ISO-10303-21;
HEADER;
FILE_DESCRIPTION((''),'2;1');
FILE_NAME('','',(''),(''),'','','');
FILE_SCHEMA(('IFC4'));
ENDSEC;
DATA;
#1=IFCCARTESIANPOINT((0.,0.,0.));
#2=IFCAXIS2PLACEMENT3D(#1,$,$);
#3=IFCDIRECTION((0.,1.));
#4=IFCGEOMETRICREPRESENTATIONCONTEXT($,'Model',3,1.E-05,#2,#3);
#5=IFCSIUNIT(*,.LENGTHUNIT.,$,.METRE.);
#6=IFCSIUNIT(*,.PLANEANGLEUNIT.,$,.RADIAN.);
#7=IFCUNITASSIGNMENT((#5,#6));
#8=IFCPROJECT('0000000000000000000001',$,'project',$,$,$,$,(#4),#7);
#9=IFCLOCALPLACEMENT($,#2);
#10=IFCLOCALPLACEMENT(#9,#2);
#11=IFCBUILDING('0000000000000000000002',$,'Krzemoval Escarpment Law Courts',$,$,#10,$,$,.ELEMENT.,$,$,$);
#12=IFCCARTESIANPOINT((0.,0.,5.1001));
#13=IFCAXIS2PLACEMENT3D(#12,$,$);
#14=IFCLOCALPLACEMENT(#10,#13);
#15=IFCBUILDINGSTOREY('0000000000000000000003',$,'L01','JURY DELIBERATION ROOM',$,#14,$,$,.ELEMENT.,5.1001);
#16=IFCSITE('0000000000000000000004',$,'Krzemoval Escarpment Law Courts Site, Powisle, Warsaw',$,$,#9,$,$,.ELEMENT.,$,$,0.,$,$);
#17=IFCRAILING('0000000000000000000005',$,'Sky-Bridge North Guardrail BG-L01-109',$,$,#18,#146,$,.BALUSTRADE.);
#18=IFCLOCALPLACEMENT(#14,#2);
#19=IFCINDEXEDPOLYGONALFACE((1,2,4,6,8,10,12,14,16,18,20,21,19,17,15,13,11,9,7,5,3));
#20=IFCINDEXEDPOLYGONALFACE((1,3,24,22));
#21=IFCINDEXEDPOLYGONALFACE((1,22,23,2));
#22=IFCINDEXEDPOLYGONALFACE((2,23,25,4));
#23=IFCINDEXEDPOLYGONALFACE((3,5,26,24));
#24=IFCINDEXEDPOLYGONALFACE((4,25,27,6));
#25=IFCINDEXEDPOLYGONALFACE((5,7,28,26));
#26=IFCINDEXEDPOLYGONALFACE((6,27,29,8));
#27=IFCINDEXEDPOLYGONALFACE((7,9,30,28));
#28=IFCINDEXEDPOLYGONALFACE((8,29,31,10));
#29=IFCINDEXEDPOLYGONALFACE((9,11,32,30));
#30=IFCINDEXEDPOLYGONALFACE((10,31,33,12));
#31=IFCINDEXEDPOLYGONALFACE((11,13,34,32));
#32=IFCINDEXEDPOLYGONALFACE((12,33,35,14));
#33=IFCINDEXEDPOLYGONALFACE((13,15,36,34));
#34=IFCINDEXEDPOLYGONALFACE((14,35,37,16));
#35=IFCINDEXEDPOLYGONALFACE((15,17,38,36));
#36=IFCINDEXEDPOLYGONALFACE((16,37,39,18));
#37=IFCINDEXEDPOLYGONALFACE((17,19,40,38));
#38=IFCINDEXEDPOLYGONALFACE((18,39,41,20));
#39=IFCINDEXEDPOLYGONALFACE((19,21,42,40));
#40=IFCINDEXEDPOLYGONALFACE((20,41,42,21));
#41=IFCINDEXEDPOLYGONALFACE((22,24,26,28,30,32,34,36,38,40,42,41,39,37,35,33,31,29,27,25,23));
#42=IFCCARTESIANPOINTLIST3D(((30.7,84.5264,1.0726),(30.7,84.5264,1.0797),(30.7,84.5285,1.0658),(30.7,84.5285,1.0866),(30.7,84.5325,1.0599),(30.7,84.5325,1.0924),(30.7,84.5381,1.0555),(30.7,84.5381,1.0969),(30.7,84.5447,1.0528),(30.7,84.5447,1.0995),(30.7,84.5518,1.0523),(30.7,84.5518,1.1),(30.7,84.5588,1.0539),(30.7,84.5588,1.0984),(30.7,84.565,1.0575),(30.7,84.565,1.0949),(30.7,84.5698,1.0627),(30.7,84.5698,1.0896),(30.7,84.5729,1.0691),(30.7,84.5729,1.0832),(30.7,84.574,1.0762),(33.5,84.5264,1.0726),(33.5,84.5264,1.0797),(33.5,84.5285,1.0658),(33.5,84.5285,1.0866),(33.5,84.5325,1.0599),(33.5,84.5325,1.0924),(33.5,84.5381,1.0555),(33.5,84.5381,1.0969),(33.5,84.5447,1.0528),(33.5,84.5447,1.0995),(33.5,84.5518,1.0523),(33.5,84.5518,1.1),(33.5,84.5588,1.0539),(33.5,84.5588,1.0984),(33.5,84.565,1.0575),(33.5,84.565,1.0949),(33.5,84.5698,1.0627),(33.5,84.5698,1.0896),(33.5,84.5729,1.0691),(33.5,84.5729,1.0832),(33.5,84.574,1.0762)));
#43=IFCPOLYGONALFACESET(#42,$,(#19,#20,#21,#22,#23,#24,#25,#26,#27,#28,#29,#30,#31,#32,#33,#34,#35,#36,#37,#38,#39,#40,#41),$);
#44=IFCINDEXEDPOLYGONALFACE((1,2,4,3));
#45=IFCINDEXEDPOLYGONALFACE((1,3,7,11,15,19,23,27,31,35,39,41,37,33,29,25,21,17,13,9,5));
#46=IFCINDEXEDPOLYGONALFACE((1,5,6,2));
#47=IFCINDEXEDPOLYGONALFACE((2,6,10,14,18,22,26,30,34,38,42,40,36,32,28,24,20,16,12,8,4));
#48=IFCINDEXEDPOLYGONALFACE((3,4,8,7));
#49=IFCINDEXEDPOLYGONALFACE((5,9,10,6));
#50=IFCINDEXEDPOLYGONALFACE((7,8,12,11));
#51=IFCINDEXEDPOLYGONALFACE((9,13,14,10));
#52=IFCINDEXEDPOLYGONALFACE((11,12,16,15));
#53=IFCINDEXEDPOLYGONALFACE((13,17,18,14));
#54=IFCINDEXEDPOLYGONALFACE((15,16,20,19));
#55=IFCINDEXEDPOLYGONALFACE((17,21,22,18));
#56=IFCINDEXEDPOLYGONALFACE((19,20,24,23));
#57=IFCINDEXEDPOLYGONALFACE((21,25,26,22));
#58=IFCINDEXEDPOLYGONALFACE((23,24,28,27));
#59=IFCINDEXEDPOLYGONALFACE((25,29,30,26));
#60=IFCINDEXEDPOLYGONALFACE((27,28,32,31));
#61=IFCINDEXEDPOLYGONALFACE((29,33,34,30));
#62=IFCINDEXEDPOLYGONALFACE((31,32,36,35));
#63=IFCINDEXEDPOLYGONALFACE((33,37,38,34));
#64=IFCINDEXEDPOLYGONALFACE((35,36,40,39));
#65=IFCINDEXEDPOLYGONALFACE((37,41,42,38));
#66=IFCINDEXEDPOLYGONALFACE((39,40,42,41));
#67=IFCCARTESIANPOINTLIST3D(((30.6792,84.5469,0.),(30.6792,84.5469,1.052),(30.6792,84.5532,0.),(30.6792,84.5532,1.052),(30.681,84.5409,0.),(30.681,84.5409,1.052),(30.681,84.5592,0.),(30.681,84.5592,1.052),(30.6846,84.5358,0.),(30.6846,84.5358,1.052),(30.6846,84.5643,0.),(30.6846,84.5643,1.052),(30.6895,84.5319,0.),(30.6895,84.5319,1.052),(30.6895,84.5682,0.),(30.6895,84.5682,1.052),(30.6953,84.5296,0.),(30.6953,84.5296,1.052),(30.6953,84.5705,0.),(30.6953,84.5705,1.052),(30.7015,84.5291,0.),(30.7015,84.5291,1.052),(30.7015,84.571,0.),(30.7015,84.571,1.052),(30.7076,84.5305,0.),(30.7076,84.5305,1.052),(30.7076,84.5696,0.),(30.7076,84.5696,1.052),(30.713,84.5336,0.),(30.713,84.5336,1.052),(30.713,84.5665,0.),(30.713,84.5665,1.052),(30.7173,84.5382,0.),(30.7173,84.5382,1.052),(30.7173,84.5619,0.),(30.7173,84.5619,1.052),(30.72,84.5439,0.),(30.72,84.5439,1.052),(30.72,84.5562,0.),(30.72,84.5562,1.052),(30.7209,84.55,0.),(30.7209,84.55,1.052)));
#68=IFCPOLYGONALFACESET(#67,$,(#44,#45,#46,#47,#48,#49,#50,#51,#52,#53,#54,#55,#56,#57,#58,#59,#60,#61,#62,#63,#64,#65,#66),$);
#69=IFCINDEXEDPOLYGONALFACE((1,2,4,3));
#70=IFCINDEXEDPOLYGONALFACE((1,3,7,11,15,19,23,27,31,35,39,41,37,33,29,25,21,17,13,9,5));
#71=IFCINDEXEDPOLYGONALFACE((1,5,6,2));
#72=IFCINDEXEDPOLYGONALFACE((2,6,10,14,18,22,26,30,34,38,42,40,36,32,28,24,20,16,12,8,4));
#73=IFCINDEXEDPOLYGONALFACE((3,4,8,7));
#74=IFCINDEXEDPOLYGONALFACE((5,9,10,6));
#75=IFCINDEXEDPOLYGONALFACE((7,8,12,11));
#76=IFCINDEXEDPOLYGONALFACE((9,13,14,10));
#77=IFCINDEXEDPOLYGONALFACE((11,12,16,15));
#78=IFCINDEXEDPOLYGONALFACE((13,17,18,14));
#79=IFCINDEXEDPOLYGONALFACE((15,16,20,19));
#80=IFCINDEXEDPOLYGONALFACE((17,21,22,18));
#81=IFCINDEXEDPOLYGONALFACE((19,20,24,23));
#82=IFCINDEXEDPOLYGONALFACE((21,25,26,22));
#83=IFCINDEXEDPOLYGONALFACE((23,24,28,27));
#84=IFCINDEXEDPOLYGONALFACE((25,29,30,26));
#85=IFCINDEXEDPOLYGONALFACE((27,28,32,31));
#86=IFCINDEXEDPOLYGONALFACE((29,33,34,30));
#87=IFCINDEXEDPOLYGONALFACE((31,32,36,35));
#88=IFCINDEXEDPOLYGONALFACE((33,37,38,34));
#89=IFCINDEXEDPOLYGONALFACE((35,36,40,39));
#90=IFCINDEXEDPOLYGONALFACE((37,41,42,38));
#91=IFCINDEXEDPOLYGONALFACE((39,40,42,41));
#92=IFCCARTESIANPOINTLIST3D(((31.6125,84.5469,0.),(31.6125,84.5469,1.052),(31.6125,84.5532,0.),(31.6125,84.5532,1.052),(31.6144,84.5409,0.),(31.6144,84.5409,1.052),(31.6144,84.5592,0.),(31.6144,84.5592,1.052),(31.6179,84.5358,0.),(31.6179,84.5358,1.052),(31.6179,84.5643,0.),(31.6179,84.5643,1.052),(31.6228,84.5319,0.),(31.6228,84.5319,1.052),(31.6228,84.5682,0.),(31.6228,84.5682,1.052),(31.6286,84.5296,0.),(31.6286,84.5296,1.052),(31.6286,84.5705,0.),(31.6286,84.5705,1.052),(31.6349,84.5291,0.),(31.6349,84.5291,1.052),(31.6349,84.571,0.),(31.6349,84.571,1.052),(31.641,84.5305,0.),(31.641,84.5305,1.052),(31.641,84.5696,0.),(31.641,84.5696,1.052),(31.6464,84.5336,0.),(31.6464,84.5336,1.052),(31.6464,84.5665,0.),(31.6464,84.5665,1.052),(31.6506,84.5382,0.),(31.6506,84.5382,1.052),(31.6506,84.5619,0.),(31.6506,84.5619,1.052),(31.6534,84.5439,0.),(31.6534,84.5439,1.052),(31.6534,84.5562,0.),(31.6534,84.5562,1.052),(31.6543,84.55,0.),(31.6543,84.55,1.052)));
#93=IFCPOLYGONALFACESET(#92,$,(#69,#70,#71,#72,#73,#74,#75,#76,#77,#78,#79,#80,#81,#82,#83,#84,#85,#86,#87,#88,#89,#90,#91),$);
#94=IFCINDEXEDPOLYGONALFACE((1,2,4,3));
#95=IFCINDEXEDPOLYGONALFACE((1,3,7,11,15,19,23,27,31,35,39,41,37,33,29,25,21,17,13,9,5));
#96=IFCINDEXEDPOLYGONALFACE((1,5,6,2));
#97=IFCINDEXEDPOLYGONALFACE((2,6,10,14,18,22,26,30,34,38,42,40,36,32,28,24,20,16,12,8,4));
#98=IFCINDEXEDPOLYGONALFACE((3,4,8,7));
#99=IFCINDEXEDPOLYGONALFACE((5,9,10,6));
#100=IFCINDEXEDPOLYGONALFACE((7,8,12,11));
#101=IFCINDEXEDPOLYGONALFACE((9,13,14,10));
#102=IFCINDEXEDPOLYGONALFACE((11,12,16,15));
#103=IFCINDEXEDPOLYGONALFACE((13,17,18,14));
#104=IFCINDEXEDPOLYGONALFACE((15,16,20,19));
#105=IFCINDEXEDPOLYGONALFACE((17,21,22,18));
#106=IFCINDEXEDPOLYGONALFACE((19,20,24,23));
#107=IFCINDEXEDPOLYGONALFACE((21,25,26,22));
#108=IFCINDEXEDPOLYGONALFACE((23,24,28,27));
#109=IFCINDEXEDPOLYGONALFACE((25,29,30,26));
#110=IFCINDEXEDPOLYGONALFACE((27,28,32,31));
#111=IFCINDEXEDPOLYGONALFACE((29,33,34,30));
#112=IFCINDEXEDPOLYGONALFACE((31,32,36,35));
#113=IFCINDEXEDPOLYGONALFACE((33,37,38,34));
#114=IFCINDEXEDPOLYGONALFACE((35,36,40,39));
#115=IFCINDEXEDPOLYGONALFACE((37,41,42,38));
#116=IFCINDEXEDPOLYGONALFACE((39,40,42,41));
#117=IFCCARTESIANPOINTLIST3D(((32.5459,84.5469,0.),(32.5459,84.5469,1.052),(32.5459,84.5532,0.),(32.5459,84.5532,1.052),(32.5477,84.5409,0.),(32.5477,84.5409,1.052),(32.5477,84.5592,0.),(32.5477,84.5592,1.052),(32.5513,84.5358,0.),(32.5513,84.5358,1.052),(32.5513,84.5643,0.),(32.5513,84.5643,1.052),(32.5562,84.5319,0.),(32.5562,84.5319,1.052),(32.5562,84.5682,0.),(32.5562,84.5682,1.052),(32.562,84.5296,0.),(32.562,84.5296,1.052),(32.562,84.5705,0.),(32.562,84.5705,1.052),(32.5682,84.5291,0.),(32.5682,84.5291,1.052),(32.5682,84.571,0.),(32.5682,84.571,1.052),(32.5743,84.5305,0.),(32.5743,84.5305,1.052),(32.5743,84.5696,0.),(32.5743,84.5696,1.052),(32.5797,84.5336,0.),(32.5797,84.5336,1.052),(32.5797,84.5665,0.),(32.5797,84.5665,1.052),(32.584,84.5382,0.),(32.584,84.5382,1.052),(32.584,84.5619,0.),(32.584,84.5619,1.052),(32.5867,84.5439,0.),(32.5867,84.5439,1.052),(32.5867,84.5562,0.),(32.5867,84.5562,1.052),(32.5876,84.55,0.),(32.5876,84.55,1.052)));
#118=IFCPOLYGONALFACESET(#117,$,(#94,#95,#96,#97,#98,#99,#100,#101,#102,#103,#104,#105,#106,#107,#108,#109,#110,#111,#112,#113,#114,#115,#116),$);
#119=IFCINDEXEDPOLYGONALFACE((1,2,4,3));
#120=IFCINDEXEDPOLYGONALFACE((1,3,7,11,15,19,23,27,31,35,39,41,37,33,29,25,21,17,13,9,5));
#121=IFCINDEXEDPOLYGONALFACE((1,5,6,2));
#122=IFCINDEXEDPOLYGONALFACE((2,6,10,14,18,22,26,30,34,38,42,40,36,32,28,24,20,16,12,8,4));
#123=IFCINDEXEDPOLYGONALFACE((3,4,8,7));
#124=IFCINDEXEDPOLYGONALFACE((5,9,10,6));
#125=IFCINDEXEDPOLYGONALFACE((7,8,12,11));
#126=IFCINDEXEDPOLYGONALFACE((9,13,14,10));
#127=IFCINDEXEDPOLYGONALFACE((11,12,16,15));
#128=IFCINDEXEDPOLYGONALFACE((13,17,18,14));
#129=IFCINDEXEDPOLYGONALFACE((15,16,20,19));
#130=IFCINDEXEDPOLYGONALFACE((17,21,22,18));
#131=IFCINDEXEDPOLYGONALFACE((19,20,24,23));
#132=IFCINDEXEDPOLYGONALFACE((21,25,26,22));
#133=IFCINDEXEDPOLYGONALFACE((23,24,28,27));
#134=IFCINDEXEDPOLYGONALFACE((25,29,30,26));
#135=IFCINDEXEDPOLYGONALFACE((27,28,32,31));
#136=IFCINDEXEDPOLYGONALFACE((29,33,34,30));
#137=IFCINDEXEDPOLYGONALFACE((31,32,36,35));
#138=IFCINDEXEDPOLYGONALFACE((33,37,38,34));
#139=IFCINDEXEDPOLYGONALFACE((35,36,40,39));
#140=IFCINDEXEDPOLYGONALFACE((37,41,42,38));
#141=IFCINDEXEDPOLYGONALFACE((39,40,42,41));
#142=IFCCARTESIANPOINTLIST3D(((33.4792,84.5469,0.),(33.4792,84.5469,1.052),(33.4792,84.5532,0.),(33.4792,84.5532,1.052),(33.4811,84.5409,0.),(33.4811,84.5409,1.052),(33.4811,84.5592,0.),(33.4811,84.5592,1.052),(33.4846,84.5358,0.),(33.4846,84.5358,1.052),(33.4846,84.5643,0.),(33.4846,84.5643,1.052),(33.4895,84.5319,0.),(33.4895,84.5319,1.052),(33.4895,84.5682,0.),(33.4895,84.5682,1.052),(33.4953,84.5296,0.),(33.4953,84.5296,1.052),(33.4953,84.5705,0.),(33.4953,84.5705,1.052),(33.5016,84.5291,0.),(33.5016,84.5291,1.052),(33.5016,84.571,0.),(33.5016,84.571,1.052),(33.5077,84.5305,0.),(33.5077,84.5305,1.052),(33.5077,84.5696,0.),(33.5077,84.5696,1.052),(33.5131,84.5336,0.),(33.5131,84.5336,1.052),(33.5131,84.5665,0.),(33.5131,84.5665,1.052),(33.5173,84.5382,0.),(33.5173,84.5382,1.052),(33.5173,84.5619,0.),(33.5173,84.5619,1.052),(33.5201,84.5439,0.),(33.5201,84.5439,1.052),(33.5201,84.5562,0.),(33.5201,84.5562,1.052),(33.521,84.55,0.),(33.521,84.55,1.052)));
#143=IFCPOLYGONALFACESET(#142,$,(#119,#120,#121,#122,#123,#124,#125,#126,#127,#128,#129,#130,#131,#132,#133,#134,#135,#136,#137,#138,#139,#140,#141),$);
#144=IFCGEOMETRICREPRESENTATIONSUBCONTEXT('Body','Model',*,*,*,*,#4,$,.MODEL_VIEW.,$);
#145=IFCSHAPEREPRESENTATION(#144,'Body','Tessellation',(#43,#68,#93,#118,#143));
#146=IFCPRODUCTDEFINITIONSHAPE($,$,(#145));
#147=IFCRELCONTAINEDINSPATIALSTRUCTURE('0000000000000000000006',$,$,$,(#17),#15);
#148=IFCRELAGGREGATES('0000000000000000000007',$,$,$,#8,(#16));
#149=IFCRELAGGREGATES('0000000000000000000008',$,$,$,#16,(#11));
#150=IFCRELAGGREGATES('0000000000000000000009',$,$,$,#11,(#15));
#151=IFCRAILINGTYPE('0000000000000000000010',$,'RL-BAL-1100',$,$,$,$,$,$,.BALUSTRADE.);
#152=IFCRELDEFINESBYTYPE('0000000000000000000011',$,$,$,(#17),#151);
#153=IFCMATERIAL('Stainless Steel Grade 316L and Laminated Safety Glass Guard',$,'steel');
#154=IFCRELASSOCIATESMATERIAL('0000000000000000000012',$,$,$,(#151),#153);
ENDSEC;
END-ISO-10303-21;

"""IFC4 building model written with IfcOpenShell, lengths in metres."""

from ifc_helpers import new_model, si_unit, direction, frame, origin, origin_2d, place, context, subcontext, project, spatial, circle, extrude, material, type_object, element, save


model = new_model("IFC4")

# Units and contexts
model_context = context("Model", 3, precision=1e-05, world=origin(), true_north=direction((0.0, 1.0)))
body_context = subcontext(model_context, "Body", "Model", "MODEL_VIEW")
ifc_project = project(units=[si_unit("LENGTHUNIT", "METRE"), si_unit("PLANEANGLEUNIT", "RADIAN")], contexts=[model_context])

# Site, building, storey
site_placement = place(None, origin())
site = spatial("IfcSite", under=ifc_project, at=site_placement, Name="Krzemoval Escarpment Law Courts Site, Powisle, Warsaw", CompositionType="ELEMENT", RefElevation=0.0)
building_placement = place(site_placement, origin())
building = spatial("IfcBuilding", under=site, at=building_placement, Name="Krzemoval Escarpment Law Courts", CompositionType="ELEMENT")
storey_placement = place(building_placement, frame((0.0, 0.0, 5.1001)))
storey = spatial("IfcBuildingStorey", under=building, at=storey_placement, Name="L01", Description="JURY DELIBERATION ROOM", CompositionType="ELEMENT", Elevation=5.1001)

# Railing
ifc_material_1 = material(Name="Stainless Steel Grade 316L and Laminated Safety Glass Guard", Category="steel")
railing_type_1 = type_object("IfcRailingType", Name="RL-BAL-1100", PredefinedType="BALUSTRADE", material=ifc_material_1)
railing_1_placement = place(storey_placement, frame((30.7, 84.55, 0.0)))
element("IfcRailing", 1, at=railing_1_placement, inside=storey, type_object=railing_type_1, Name="Sky-Bridge North Guardrail BG-L01-109", PredefinedType="BALUSTRADE", context=body_context, shape_type="SweptSolid", body=[
    extrude(circle(Radius=0.0239, at=origin_2d()), frame((0.0, 0.0, 1.0762), z_axis=(1.0, 0.0, 0.0), x_axis=(0.0, 1.0, 0.0)), (0.0, 0.0, 1.0), 2.8),
    extrude(circle(Radius=0.021, at=origin_2d()), origin(), (0.0, 0.0, 1.0), 1.052),
    extrude(circle(Radius=0.021, at=origin_2d()), frame((0.9333, 0.0, 0.0)), (0.0, 0.0, 1.0), 1.052),
    extrude(circle(Radius=0.021, at=origin_2d()), frame((1.8667, 0.0, 0.0)), (0.0, 0.0, 1.0), 1.052),
    extrude(circle(Radius=0.021, at=origin_2d()), frame((2.8, 0.0, 0.0)), (0.0, 0.0, 1.0), 1.052),
])

save(model, "model.ifc")
